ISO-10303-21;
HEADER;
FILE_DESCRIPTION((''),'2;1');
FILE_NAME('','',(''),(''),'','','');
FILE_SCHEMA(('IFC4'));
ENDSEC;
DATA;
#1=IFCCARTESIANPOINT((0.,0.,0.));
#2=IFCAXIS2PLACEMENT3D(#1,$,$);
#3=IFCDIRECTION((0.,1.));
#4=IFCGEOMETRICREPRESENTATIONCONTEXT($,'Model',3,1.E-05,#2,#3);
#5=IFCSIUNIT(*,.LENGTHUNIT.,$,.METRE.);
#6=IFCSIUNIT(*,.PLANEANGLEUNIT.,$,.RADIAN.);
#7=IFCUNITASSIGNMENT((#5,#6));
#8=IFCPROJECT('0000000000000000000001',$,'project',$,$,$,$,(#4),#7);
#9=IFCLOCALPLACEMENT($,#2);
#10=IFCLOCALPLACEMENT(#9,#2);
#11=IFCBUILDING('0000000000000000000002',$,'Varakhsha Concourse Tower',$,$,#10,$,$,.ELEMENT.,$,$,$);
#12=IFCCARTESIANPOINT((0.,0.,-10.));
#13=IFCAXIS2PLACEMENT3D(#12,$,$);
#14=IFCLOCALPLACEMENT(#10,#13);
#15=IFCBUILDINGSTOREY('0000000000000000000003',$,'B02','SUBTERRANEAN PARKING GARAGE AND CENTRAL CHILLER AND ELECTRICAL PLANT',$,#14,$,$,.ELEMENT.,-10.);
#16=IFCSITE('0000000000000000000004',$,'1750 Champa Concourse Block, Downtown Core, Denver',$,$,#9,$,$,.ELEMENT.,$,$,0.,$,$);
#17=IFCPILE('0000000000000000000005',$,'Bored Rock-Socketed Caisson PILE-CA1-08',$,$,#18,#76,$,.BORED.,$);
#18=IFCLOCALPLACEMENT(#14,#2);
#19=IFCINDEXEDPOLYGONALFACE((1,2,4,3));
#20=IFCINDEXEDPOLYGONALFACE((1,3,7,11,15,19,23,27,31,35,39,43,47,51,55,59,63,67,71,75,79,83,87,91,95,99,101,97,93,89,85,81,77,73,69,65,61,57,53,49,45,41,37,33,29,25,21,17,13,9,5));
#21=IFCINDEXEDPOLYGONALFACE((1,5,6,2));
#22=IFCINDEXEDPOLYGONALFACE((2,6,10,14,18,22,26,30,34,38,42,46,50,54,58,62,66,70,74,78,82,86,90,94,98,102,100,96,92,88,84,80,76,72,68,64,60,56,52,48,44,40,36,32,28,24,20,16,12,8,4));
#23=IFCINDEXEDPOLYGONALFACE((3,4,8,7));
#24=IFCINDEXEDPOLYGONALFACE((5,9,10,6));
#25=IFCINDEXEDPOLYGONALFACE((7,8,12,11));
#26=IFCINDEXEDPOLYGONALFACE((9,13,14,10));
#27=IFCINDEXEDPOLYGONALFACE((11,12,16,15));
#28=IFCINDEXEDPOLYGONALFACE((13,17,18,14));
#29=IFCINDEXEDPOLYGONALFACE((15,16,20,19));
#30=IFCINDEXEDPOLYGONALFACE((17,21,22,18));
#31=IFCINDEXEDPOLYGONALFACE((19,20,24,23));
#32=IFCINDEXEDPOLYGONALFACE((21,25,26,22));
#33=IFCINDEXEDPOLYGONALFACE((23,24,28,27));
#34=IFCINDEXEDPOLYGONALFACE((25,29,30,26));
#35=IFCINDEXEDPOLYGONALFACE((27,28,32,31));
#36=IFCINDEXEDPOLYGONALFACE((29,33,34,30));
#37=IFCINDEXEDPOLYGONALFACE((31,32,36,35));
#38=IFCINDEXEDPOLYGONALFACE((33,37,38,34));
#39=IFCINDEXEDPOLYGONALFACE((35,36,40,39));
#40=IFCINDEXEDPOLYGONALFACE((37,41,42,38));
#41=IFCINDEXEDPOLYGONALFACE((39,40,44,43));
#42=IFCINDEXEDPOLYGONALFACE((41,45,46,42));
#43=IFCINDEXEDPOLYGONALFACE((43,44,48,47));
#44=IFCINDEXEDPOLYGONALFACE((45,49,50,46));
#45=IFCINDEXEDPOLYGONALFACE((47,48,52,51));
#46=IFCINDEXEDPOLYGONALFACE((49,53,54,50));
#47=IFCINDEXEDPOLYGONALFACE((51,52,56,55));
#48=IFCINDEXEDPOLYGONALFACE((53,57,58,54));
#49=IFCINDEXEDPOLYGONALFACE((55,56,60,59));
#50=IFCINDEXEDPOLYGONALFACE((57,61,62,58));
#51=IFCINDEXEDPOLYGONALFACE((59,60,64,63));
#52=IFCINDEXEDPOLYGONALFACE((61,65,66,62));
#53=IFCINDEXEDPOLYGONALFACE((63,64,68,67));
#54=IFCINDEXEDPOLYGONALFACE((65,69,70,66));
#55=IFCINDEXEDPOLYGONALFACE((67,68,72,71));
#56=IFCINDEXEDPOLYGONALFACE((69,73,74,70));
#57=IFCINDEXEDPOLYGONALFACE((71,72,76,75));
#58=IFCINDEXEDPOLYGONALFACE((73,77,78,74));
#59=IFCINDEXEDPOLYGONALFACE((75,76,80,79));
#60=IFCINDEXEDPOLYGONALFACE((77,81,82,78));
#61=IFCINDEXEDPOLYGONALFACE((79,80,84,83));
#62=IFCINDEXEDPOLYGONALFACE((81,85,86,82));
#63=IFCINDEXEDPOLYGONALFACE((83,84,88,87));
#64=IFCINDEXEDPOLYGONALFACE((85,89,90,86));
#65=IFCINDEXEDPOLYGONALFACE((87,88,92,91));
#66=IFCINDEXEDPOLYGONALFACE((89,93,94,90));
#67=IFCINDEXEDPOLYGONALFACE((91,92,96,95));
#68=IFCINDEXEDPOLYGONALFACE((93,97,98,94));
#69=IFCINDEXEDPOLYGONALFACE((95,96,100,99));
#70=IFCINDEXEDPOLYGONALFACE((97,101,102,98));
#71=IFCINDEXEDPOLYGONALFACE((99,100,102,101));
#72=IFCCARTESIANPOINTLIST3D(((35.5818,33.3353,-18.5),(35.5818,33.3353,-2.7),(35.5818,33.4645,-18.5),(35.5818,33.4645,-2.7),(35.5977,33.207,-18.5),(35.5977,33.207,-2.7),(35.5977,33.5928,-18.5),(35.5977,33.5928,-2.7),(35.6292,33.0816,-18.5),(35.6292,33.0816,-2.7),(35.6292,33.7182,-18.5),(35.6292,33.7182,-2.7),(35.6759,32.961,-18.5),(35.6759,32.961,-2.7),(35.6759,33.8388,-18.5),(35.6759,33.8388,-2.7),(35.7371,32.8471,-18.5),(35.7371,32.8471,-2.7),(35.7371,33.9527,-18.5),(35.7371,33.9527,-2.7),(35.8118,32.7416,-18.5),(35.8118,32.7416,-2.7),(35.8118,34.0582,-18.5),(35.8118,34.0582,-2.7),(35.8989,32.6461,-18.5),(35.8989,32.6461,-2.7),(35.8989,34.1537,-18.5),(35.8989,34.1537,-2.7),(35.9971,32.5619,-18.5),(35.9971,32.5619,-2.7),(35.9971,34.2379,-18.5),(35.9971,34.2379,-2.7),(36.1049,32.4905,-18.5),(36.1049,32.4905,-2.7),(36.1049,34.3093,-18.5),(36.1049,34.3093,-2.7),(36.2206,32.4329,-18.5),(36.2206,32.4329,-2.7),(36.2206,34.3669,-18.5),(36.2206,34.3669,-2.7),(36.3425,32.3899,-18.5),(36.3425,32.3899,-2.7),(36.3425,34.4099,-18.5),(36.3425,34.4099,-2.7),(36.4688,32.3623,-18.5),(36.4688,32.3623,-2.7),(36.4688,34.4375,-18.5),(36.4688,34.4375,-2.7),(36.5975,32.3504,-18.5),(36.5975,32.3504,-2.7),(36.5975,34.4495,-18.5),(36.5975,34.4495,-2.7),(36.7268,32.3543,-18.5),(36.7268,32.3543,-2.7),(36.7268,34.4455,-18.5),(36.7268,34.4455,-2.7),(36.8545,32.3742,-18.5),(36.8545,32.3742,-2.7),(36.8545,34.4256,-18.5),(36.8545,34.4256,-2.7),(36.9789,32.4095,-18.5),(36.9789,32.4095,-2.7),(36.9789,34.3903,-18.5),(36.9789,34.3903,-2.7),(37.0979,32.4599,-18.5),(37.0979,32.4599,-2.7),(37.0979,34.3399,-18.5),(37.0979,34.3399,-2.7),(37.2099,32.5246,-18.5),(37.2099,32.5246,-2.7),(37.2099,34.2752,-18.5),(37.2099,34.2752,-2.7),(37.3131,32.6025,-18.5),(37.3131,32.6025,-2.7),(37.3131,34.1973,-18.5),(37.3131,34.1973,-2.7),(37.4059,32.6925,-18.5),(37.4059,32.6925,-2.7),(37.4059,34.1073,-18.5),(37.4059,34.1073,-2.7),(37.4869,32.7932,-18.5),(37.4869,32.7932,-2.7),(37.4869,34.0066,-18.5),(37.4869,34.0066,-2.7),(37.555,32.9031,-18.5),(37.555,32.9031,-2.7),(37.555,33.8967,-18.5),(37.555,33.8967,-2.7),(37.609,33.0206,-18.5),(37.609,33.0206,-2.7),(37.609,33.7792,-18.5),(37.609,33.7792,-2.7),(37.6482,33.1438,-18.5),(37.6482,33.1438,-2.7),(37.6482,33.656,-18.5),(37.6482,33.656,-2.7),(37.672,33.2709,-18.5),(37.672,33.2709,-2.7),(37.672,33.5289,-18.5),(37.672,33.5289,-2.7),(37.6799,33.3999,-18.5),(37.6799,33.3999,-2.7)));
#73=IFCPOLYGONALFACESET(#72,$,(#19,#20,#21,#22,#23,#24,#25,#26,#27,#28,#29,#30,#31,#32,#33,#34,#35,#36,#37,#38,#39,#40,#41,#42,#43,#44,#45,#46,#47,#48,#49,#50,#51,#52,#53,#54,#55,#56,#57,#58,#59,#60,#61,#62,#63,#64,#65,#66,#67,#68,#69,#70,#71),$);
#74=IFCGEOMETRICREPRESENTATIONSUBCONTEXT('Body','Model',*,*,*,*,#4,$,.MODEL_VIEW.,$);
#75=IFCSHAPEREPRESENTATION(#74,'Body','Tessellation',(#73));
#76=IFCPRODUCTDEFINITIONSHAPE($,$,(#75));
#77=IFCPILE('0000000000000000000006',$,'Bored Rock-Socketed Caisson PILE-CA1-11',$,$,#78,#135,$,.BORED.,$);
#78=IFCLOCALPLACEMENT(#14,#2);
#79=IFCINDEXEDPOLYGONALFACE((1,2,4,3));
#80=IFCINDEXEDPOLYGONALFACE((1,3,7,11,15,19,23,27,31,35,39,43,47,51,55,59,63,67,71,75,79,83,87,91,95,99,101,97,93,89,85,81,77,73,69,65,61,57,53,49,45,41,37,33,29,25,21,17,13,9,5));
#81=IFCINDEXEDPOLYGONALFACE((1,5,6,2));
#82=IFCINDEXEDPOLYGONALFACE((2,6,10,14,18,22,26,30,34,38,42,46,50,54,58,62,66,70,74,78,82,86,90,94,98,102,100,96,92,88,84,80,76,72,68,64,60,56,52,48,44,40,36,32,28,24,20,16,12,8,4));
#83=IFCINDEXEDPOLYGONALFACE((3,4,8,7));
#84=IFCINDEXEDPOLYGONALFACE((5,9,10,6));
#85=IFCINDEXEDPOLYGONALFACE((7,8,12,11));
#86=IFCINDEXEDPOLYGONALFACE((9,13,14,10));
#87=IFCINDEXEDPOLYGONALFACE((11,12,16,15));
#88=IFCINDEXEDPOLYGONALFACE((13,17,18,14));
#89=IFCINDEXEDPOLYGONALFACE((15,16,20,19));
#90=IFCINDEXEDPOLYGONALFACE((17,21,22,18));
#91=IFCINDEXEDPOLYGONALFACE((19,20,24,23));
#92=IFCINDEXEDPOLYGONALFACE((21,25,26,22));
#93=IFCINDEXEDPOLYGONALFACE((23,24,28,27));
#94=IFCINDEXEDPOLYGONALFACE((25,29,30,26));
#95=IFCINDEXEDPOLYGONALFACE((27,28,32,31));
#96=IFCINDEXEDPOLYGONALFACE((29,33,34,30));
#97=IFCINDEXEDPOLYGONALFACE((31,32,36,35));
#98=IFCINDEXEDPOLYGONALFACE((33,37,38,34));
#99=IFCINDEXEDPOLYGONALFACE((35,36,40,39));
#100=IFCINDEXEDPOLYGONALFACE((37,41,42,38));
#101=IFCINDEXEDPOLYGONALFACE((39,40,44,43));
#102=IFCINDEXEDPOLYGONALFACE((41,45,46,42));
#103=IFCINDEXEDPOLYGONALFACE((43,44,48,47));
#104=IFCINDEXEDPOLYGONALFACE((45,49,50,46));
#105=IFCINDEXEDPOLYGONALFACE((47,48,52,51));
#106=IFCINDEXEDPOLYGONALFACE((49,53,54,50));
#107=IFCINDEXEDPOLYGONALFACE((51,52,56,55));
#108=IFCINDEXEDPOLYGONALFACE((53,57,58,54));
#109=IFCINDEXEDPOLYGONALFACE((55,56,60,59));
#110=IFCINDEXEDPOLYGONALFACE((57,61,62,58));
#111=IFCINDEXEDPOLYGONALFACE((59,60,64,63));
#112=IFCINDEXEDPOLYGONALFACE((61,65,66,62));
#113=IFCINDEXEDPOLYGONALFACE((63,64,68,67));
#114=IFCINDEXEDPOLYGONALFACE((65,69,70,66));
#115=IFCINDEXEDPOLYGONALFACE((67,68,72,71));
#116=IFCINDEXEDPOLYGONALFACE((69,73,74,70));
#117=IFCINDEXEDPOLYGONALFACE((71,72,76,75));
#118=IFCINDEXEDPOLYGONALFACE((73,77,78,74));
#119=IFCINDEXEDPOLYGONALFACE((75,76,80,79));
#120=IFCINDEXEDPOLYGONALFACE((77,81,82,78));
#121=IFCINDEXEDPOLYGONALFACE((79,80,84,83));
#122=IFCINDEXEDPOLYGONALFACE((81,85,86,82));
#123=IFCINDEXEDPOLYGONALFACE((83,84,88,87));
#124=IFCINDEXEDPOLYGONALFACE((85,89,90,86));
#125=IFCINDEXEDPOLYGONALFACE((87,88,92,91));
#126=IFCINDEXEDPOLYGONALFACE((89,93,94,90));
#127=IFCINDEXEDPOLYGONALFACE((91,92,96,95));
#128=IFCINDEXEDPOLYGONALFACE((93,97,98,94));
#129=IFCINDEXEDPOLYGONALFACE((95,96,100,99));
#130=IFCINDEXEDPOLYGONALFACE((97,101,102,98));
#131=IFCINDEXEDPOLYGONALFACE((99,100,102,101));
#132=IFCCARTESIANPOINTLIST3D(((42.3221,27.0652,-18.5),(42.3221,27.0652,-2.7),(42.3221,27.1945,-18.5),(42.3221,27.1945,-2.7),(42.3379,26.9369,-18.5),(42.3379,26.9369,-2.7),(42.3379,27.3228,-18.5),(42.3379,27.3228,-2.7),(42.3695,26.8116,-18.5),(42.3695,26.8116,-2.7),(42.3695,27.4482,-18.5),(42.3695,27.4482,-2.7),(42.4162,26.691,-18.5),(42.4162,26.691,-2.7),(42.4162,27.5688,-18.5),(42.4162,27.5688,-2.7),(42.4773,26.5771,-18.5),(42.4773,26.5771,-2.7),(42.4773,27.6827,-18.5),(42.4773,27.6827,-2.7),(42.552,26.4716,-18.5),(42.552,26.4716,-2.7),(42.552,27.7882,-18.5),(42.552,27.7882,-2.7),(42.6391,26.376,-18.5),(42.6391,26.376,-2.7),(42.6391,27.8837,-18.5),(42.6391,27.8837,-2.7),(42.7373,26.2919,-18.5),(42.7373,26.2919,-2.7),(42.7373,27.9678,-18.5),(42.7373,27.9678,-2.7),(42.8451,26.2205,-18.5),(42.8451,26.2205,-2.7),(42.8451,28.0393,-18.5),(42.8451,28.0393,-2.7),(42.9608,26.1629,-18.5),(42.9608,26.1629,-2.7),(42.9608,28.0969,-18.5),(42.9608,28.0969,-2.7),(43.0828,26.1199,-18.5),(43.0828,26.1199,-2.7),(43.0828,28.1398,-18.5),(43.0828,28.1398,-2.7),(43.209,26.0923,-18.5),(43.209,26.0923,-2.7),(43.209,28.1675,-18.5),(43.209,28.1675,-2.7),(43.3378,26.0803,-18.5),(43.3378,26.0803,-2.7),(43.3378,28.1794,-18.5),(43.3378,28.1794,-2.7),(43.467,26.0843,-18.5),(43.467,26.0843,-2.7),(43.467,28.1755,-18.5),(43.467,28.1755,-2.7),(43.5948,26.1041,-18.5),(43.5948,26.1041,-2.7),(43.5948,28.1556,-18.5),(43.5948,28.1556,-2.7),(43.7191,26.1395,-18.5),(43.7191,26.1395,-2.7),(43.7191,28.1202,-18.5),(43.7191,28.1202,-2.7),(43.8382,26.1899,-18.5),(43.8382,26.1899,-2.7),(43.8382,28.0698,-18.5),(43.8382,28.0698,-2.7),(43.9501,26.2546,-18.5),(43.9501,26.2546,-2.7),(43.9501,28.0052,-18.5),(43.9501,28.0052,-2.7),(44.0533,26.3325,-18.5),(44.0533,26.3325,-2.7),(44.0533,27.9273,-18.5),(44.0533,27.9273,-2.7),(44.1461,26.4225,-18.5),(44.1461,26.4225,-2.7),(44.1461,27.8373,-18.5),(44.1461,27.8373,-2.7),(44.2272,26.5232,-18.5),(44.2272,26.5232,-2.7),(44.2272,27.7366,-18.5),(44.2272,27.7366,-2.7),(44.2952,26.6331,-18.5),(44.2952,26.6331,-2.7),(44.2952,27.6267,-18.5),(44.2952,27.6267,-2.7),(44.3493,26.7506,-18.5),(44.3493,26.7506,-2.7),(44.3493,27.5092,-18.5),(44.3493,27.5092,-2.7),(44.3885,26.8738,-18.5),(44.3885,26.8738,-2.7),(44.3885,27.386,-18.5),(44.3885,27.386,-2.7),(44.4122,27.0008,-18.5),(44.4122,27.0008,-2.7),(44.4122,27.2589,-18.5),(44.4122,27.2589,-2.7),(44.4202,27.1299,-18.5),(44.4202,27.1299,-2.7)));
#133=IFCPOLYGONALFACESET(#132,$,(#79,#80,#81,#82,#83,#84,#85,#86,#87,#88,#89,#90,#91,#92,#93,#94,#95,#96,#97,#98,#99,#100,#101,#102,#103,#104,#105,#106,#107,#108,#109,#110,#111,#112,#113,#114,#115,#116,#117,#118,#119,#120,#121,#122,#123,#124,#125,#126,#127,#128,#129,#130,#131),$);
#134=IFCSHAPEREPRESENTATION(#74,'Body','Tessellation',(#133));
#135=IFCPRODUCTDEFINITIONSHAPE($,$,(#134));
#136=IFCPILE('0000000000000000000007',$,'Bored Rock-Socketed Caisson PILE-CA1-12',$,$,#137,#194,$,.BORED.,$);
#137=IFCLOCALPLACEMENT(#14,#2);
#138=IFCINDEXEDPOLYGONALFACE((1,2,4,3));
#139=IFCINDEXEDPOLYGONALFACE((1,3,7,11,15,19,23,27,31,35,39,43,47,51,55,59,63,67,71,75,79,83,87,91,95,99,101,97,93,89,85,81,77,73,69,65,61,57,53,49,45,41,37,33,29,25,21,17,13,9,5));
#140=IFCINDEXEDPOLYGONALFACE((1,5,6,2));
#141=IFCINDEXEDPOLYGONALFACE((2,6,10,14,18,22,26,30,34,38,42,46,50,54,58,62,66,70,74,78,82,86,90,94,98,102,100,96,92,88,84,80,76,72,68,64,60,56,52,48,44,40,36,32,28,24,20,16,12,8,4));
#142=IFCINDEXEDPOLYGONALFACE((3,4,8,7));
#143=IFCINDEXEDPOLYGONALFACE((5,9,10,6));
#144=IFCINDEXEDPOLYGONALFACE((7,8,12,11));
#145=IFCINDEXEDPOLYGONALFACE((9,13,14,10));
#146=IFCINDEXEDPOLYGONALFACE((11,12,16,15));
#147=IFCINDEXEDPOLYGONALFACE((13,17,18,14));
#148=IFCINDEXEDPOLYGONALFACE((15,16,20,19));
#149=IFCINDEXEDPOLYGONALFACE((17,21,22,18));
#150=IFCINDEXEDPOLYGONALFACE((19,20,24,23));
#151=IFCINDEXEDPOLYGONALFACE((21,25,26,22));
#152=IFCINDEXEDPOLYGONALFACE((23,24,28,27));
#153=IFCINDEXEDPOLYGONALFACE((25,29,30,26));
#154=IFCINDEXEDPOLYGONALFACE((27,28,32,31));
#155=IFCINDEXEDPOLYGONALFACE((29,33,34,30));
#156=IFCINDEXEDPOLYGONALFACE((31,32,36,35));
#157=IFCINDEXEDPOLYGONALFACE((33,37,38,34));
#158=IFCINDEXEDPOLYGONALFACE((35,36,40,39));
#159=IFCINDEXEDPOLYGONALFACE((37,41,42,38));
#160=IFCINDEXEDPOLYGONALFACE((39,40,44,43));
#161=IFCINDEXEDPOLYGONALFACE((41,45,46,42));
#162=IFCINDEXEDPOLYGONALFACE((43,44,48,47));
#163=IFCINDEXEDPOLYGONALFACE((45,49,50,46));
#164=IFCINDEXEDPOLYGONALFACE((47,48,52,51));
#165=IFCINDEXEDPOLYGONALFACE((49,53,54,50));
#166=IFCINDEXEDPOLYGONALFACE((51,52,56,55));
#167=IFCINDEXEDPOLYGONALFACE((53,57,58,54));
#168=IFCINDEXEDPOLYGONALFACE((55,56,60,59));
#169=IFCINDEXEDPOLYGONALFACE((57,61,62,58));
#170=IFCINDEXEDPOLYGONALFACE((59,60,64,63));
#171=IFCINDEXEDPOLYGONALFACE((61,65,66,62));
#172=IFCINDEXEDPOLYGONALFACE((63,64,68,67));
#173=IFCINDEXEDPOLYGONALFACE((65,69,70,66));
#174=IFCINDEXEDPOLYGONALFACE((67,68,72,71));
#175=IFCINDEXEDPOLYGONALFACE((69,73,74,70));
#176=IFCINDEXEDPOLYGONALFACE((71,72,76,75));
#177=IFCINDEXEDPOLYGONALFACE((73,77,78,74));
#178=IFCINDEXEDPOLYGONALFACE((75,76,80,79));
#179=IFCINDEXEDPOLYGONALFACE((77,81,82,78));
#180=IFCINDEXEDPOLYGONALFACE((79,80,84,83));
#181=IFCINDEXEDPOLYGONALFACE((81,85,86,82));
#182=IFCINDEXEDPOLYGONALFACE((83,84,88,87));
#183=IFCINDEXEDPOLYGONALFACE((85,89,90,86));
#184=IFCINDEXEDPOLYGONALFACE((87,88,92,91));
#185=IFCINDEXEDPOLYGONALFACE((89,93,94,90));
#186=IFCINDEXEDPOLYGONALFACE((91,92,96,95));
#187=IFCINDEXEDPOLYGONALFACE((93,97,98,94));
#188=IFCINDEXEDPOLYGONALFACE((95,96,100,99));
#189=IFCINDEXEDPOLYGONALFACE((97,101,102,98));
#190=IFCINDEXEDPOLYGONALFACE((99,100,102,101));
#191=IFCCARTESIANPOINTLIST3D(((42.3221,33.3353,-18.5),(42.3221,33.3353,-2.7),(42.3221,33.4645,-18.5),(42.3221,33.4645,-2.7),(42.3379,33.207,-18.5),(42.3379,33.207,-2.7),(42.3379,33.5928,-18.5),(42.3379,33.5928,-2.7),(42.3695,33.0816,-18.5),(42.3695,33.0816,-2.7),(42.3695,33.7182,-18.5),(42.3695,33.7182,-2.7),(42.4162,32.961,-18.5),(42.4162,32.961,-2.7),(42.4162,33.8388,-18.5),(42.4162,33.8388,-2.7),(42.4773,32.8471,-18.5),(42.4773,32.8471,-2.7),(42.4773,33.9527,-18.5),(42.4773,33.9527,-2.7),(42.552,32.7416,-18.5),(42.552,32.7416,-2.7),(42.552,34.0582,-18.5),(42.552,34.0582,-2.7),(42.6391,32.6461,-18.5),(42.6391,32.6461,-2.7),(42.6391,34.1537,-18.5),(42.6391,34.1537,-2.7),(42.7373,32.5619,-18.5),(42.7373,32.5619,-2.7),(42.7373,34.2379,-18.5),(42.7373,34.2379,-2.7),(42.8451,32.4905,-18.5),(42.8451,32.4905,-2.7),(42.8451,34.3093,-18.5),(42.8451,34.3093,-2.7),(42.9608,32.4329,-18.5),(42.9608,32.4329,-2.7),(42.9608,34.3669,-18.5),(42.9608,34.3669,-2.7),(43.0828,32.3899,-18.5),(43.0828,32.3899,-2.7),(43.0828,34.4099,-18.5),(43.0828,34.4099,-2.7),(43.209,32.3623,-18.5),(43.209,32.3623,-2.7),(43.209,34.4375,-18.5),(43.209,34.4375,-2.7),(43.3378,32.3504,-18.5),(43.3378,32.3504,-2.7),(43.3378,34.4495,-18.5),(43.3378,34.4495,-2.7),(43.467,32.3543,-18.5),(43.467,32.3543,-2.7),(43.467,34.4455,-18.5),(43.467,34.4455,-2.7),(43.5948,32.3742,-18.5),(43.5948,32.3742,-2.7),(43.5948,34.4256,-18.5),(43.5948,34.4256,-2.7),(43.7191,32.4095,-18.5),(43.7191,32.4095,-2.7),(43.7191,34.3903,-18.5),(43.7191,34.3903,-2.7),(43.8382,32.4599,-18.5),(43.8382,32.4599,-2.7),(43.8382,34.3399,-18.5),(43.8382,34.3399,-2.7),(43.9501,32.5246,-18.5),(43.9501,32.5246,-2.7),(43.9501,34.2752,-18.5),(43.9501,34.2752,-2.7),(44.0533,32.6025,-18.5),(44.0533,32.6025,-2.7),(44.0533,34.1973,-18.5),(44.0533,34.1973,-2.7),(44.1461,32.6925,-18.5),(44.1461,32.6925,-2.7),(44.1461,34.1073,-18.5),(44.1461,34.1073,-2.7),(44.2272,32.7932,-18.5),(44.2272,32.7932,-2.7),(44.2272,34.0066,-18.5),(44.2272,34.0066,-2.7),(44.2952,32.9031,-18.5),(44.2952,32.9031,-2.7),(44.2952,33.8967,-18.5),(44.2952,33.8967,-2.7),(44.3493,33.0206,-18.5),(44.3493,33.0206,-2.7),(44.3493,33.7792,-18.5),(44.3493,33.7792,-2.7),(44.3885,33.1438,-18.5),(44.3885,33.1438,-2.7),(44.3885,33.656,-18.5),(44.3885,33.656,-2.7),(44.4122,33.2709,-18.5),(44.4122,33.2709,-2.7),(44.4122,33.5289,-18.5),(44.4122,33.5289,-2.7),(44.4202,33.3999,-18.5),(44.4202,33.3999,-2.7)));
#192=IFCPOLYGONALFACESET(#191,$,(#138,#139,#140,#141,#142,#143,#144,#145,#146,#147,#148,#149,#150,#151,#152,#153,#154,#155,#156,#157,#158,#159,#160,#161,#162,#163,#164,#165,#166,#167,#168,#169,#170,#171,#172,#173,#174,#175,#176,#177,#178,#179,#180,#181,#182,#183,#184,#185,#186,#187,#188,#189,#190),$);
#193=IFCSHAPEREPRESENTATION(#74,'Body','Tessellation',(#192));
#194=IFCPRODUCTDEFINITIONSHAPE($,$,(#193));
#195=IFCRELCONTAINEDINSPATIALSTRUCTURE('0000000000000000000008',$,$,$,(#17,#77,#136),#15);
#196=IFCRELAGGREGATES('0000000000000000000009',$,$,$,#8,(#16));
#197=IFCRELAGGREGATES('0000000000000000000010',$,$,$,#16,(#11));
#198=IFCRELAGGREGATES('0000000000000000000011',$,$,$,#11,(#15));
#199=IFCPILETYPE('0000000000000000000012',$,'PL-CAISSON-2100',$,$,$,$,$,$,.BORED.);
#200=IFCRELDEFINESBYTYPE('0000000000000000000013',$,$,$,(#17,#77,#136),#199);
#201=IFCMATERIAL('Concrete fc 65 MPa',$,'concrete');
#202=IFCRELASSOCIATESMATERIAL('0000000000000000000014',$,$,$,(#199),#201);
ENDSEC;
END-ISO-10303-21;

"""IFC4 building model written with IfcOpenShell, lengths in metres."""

from ifc_helpers import new_model, si_unit, direction, frame, origin, origin_2d, place, context, subcontext, project, spatial, circle, extrude, material, material_profile, profile_set, type_object, element, save


model = new_model("IFC4")

# Units and contexts
model_context = context("Model", 3, precision=1e-05, world=origin(), true_north=direction((0.0, 1.0)))
body_context = subcontext(model_context, "Body", "Model", "MODEL_VIEW")
ifc_project = project(units=[si_unit("LENGTHUNIT", "METRE"), si_unit("PLANEANGLEUNIT", "RADIAN")], contexts=[model_context])

# Site, building, storey
site_placement = place(None, origin())
site = spatial("IfcSite", under=ifc_project, at=site_placement, Name="1750 Champa Concourse Block, Downtown Core, Denver", CompositionType="ELEMENT", RefElevation=0.0)
building_placement = place(site_placement, origin())
building = spatial("IfcBuilding", under=site, at=building_placement, Name="Varakhsha Concourse Tower", CompositionType="ELEMENT")
storey_placement = place(building_placement, frame((0.0, 0.0, -10.0)))
storey = spatial("IfcBuildingStorey", under=building, at=storey_placement, Name="B02", Description="SUBTERRANEAN PARKING GARAGE AND CENTRAL CHILLER AND ELECTRICAL PLANT", CompositionType="ELEMENT", Elevation=-10.0)

# Piles
ifc_material_1 = material(Name="Concrete fc 65 MPa", Category="concrete")
ifc_material_profile_1 = material_profile(ifc_material_1, circle(Radius=1.05, at=origin_2d()), Name="CAISSON D2100")
ifc_profile_set_1 = profile_set([ifc_material_profile_1], Name="Concrete fc 65 MPa")
pile_type_1 = type_object("IfcPileType", Name="PL-CAISSON-2100", PredefinedType="BORED", material=ifc_profile_set_1)
for number, where, z_axis, x_axis, name in (
    (1, (36.6299, 33.3999, -2.7), (0.0, 0.0, -1.0), (1.0, 0.0, 0.0), "Bored Rock-Socketed Caisson PILE-CA1-08"),
    (2, (43.3701, 27.1299, -2.7), (0.0, 0.0, -1.0), (1.0, 0.0, 0.0), "Bored Rock-Socketed Caisson PILE-CA1-11"),
    (3, (43.3701, 33.3999, -2.7), (0.0, 0.0, -1.0), (1.0, 0.0, 0.0), "Bored Rock-Socketed Caisson PILE-CA1-12"),
):
    element("IfcPile", number, at=place(storey_placement, frame(where, z_axis=z_axis, x_axis=x_axis)), inside=storey, type_object=pile_type_1, Name=name, PredefinedType="BORED", context=body_context, shape_type="SweptSolid", body=[
        extrude(circle(Radius=1.05, at=origin_2d()), origin(), (0.0, 0.0, 1.0), 15.8),
    ])

save(model, "model.ifc")
